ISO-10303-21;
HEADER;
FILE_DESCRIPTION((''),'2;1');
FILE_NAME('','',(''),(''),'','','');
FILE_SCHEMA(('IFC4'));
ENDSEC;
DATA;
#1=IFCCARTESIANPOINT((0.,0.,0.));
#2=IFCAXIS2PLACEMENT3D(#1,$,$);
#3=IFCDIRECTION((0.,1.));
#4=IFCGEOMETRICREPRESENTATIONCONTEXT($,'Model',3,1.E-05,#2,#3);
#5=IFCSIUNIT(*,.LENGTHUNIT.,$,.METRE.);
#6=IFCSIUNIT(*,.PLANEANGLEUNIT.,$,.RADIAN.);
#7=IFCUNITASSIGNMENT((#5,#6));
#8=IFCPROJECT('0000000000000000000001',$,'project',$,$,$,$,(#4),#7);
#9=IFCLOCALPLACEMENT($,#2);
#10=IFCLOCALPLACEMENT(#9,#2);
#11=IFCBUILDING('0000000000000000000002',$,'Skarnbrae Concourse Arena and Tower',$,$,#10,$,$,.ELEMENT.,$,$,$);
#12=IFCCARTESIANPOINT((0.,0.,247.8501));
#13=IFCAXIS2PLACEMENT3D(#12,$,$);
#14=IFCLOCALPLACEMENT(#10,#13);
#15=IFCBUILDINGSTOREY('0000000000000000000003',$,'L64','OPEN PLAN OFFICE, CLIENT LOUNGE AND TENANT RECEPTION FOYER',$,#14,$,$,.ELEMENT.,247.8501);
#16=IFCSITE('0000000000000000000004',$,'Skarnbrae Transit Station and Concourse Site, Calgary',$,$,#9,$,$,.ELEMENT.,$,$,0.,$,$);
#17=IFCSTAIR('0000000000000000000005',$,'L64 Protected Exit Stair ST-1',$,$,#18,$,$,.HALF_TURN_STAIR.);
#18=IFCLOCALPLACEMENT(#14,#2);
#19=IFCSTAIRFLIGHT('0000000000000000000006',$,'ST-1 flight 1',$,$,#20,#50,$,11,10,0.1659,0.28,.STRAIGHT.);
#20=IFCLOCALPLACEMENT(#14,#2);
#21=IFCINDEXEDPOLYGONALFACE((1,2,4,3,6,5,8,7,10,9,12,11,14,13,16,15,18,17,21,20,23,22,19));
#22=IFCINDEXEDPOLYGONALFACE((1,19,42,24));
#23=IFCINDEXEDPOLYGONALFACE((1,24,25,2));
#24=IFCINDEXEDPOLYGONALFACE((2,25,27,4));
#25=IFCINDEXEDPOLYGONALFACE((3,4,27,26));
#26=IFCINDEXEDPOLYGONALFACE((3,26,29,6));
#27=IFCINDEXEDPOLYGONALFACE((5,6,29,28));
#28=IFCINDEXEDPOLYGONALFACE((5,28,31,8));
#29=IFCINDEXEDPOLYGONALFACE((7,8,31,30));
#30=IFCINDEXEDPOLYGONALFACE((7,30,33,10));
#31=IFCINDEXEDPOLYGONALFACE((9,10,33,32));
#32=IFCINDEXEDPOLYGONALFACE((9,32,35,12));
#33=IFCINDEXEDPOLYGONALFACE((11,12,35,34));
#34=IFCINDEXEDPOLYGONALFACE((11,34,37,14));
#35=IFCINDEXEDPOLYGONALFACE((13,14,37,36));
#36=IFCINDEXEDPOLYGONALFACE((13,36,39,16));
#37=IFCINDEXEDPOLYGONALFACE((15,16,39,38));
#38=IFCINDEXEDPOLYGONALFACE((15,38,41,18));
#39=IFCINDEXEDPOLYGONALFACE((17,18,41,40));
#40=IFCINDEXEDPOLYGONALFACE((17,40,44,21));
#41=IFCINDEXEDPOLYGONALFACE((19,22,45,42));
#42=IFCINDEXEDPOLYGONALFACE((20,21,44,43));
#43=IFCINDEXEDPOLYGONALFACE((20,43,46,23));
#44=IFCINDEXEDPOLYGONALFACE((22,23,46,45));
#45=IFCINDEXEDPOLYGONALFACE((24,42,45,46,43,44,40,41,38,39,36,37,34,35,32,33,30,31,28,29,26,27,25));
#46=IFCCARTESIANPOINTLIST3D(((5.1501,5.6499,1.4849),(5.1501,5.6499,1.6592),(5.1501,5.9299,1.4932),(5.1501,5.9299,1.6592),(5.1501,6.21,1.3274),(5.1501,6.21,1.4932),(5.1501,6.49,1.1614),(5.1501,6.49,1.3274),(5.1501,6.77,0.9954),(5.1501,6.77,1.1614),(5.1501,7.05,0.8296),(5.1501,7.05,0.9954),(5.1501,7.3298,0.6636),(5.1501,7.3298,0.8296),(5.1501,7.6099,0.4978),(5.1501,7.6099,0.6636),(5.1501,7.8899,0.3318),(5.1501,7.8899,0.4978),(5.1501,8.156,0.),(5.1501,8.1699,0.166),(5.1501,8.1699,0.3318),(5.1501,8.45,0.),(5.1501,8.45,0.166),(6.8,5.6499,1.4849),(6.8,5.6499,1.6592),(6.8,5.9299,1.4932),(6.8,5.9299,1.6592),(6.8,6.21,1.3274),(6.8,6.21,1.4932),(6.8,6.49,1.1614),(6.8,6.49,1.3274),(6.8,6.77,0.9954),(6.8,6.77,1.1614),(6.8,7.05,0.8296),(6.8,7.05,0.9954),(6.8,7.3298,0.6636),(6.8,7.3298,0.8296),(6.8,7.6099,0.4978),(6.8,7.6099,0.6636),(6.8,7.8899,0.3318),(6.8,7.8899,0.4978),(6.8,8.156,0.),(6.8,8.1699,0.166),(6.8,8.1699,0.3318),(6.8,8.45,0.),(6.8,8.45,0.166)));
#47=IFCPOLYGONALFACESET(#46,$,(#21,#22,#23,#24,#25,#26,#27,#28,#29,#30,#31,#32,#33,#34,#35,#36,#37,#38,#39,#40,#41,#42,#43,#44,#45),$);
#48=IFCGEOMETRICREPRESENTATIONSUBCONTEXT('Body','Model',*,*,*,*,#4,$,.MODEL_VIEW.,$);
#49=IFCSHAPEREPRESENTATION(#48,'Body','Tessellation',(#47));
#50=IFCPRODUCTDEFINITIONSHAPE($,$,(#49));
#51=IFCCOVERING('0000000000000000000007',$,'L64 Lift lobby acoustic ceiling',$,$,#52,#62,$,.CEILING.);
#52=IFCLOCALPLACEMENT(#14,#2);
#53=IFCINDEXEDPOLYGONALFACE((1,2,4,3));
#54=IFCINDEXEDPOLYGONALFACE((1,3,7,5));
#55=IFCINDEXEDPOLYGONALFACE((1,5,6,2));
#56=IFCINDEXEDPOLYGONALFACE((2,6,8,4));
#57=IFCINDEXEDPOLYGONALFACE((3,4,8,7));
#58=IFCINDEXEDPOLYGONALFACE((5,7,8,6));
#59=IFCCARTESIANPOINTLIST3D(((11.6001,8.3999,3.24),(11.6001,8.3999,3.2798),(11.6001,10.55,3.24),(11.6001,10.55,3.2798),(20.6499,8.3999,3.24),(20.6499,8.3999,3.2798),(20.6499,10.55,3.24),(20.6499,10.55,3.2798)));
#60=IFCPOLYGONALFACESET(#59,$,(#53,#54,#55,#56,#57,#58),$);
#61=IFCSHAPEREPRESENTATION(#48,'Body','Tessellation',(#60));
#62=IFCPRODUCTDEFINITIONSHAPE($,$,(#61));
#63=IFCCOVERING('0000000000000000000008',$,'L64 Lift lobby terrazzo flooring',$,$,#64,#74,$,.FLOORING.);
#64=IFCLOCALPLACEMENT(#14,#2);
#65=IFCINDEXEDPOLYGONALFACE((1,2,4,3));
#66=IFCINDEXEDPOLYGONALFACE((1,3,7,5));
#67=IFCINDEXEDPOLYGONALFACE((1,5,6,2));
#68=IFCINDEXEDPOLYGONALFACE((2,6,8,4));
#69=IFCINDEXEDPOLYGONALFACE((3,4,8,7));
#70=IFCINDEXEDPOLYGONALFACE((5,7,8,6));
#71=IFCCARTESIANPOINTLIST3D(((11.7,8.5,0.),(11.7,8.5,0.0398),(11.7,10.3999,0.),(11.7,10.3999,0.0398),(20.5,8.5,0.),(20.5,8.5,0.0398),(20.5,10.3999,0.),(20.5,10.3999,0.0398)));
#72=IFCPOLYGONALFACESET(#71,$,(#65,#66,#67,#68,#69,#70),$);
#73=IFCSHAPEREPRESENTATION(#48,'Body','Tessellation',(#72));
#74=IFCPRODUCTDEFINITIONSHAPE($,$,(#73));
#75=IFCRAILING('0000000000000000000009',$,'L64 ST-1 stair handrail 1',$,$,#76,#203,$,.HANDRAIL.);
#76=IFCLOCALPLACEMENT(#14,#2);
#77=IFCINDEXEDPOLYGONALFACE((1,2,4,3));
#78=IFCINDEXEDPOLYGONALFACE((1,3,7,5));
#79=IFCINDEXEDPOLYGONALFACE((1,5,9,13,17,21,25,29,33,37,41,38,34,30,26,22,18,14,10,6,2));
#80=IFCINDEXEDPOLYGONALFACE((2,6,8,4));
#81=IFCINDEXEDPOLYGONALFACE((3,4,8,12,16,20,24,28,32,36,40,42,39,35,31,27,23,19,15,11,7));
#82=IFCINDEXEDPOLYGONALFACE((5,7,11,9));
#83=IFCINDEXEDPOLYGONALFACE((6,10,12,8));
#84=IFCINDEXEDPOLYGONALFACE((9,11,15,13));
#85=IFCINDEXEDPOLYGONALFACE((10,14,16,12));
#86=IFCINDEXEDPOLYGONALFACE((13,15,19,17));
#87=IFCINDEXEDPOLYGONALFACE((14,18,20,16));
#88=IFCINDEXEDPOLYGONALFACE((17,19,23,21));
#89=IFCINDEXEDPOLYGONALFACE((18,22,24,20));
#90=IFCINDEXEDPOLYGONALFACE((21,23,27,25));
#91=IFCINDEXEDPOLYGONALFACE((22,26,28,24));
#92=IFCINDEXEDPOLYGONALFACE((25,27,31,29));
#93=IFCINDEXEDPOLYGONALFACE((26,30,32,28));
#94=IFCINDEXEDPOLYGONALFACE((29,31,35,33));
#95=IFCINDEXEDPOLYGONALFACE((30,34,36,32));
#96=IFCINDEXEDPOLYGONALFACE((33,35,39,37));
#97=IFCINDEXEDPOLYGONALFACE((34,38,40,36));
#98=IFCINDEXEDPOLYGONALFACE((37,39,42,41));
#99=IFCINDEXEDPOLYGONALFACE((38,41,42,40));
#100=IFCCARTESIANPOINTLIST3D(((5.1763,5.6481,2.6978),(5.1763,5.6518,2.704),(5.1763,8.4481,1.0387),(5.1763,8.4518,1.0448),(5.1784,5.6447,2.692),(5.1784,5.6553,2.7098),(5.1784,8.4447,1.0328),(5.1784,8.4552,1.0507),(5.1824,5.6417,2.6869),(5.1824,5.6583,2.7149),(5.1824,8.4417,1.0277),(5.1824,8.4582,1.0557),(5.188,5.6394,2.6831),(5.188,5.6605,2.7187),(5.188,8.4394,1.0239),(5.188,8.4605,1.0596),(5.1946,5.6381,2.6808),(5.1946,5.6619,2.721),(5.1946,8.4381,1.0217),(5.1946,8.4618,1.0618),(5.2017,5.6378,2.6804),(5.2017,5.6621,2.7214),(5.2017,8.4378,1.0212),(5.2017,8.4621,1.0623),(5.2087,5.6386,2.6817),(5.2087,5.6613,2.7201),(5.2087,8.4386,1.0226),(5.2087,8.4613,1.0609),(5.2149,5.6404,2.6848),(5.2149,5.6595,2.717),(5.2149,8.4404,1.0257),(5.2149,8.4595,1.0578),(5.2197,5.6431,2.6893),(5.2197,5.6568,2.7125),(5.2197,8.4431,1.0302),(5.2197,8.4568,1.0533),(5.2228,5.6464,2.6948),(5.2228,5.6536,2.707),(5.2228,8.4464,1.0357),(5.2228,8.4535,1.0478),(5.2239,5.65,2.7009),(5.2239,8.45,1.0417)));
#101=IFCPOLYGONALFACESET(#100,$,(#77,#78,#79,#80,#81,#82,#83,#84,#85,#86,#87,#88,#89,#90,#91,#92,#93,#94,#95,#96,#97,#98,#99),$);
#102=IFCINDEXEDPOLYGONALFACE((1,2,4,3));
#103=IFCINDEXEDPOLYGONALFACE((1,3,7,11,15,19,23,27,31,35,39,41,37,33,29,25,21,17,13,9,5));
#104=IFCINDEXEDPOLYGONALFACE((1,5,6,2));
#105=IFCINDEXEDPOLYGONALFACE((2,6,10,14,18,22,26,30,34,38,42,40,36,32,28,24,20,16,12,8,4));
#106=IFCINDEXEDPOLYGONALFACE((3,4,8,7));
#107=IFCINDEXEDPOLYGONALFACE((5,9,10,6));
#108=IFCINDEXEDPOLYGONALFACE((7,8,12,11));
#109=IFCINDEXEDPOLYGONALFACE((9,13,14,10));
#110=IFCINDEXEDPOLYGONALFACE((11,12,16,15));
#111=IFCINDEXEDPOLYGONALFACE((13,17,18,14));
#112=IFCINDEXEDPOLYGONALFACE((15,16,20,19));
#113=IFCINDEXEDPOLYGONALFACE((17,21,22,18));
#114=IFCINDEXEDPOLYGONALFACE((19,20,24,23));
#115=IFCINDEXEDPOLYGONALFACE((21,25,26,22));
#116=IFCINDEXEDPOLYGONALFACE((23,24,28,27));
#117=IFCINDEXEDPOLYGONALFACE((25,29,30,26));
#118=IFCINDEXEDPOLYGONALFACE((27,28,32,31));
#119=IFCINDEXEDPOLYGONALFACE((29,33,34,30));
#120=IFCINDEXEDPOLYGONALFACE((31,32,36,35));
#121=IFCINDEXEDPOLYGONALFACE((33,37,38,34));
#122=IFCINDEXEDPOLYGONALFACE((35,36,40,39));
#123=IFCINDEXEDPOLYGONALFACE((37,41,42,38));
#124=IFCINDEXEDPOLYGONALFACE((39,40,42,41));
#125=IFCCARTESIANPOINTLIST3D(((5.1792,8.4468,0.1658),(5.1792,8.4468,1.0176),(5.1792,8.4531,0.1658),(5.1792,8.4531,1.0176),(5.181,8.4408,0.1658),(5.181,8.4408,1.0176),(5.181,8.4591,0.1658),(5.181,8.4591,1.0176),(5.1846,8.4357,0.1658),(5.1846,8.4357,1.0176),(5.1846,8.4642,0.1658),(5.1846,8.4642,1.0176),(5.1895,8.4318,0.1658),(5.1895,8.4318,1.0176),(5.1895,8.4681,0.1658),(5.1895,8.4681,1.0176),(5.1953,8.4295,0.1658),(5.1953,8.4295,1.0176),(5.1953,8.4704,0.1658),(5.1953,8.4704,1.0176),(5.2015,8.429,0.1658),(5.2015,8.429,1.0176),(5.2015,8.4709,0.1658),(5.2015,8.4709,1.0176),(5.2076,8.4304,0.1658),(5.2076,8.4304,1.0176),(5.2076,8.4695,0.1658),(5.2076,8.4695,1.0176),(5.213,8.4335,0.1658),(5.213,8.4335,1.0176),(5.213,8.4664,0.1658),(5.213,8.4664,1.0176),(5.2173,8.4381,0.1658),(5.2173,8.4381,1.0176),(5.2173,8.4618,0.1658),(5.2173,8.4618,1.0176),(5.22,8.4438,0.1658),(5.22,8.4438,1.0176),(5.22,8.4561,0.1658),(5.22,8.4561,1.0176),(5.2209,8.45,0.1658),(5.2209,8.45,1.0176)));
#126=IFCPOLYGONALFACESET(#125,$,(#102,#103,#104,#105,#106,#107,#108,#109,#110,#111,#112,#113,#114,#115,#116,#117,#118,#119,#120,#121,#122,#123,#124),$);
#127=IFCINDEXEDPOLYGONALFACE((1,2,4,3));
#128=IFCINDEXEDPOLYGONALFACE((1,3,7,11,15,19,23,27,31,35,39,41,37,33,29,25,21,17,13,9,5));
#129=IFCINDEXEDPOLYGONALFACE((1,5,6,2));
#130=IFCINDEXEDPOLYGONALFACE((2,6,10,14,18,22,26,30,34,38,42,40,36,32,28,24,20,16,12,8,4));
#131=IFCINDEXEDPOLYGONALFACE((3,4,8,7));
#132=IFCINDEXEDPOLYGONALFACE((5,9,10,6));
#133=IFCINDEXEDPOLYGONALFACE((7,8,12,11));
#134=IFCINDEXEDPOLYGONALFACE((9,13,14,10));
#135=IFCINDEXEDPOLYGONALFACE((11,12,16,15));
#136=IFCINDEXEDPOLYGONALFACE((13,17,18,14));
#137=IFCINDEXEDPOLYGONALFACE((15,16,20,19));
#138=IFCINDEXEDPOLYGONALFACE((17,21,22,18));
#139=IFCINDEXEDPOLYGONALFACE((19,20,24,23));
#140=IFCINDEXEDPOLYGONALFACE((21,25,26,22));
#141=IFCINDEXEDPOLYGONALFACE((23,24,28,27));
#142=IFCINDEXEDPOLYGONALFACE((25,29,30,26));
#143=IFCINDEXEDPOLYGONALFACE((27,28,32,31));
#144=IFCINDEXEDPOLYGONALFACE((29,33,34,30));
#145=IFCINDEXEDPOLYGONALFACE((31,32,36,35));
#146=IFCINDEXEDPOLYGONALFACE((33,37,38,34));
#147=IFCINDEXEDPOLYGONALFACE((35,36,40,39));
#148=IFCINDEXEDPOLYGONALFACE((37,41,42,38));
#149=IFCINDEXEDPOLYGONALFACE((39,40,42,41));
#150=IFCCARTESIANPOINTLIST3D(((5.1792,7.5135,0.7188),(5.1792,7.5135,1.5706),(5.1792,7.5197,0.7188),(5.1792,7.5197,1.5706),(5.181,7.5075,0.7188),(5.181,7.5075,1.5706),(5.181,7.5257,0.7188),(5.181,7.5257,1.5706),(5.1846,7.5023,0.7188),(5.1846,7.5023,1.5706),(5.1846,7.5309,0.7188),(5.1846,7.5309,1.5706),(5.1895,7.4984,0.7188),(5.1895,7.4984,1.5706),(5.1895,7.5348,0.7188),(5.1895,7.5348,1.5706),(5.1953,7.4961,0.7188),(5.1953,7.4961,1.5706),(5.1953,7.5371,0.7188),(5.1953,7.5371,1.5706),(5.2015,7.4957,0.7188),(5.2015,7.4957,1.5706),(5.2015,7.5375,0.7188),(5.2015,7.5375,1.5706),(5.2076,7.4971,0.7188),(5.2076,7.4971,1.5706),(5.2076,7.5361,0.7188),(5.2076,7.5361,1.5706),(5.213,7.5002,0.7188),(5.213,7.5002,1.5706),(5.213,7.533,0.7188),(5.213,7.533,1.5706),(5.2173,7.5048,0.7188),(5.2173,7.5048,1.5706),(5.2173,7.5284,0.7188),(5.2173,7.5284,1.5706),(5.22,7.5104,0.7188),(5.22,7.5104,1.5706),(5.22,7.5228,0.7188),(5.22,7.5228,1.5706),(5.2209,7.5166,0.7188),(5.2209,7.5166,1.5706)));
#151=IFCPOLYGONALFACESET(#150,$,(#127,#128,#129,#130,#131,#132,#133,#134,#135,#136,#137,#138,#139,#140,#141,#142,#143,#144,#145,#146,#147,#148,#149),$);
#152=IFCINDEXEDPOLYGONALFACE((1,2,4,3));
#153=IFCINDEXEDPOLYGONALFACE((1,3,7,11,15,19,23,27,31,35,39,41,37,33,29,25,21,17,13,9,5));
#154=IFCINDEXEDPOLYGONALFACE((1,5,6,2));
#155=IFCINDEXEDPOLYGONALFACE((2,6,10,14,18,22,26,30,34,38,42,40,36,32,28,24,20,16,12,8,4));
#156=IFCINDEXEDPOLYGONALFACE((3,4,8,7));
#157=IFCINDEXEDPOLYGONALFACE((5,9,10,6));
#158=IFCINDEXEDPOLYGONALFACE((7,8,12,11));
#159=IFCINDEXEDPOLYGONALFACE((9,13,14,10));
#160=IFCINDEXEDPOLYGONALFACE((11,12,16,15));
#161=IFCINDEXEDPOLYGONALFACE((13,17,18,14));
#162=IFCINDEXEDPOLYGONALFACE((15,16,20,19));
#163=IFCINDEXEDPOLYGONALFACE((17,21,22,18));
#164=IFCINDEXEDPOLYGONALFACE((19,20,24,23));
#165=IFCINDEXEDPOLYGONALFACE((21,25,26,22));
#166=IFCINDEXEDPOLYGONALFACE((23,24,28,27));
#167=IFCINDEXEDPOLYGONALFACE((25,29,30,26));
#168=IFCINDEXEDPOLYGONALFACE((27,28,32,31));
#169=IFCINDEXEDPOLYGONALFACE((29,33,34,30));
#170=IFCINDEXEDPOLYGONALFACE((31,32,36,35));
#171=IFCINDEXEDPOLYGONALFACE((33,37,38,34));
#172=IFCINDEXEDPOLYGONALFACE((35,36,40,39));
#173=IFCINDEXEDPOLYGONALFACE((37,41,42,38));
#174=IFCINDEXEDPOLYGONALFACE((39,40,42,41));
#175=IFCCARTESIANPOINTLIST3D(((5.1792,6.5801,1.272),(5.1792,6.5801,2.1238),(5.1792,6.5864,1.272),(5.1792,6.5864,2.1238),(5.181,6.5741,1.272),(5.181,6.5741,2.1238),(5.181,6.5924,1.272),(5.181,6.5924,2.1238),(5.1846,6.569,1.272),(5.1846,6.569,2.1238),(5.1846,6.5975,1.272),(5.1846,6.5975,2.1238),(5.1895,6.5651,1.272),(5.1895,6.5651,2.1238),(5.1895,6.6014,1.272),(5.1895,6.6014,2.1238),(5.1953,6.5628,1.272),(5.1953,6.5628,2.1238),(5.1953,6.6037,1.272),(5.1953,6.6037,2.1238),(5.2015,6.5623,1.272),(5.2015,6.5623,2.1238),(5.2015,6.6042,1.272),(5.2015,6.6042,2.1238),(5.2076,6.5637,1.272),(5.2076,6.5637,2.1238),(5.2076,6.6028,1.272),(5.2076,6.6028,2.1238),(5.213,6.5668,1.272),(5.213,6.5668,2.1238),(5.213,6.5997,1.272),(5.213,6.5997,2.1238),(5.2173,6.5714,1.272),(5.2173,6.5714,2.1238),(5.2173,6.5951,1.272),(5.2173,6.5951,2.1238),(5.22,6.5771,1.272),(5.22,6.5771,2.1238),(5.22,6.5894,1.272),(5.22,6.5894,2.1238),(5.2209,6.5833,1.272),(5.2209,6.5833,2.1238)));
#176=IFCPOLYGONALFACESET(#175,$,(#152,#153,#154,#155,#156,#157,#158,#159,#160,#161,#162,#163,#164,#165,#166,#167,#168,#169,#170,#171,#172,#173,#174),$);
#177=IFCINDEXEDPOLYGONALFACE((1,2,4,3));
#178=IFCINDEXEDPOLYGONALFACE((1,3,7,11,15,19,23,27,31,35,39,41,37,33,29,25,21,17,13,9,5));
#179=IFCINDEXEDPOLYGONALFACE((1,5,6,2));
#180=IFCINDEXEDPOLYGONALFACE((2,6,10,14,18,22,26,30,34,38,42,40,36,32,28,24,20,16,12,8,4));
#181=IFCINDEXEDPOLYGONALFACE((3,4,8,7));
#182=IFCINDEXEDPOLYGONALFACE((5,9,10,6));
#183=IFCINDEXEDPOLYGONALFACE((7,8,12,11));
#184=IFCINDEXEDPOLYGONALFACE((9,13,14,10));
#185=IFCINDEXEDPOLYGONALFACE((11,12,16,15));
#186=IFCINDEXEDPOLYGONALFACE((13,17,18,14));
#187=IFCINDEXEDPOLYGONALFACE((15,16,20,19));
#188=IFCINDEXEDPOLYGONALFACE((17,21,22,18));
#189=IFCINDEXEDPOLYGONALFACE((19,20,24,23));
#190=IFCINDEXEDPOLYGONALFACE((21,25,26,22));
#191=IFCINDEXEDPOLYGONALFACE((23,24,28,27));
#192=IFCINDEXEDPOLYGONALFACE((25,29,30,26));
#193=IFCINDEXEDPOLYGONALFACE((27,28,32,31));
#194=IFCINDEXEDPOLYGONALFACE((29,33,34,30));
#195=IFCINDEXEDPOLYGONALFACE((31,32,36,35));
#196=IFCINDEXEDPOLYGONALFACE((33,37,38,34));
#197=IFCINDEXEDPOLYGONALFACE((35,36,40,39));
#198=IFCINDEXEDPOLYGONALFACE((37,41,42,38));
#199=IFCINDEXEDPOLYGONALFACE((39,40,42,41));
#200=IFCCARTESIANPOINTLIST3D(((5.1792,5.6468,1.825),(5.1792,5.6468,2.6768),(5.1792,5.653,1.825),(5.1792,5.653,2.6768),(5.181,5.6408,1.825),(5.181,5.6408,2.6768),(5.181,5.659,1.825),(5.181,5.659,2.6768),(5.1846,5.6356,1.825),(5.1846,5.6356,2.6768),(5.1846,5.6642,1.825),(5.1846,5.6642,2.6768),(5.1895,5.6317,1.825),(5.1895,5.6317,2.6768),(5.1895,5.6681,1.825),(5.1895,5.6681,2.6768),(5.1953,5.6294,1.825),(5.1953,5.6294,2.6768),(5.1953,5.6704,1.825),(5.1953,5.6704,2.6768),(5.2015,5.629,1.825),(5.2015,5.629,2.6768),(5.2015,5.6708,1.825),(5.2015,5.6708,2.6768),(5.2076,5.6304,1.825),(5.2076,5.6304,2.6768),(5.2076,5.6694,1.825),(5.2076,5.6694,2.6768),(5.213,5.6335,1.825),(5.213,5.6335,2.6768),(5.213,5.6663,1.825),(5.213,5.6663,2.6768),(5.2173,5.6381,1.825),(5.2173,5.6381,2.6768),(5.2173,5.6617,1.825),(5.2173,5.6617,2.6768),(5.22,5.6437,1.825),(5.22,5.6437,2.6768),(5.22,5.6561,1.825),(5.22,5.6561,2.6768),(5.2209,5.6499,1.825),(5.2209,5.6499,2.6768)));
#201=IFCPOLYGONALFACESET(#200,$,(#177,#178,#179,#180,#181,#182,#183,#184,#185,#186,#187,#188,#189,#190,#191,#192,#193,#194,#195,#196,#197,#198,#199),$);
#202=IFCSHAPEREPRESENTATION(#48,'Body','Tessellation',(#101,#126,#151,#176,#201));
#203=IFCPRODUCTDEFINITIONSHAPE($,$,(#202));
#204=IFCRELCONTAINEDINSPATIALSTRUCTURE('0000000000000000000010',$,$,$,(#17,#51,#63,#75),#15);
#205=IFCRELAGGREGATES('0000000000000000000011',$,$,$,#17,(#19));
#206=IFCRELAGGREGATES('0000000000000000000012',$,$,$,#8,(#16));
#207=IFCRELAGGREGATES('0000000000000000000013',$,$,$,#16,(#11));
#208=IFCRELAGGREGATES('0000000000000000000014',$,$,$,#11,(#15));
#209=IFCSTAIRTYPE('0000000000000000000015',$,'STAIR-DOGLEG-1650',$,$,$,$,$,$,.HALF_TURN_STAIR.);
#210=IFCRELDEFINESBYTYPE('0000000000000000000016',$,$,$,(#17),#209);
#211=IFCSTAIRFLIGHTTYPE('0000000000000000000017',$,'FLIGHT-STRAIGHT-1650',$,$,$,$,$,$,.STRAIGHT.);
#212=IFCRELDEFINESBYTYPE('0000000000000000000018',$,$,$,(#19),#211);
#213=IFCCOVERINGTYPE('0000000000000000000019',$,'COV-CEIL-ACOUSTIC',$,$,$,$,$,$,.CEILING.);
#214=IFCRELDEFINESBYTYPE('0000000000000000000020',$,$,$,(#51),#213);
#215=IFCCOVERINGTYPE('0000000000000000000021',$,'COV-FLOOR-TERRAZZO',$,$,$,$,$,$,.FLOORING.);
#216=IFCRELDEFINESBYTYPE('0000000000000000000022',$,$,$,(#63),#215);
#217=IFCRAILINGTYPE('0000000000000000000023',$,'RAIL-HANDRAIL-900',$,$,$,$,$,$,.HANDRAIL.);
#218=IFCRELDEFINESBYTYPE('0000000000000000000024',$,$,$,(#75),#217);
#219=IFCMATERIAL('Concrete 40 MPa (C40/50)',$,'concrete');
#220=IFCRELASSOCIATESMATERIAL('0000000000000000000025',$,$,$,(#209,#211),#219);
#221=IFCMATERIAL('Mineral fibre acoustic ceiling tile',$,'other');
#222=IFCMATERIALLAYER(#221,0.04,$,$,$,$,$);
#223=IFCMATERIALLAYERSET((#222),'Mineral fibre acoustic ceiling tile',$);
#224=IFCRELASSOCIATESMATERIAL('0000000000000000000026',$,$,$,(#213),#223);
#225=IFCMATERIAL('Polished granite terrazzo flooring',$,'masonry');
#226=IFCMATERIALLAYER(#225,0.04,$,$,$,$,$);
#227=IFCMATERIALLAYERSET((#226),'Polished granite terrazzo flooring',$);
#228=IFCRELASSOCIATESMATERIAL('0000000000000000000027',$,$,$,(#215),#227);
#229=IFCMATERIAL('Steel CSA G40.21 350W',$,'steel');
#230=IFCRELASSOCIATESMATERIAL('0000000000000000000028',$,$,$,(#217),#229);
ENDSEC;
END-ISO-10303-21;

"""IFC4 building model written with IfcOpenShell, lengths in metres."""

from ifc_helpers import new_model, si_unit, direction, frame, origin, origin_2d, place, context, subcontext, project, spatial, polyline, circle, outline, extrude, source, transform, mapped, material, layer, layer_set, type_object, element, aggregate, save


model = new_model("IFC4")

# Units and contexts
model_context = context("Model", 3, precision=1e-05, world=origin(), true_north=direction((0.0, 1.0)))
body_context = subcontext(model_context, "Body", "Model", "MODEL_VIEW")
ifc_project = project(units=[si_unit("LENGTHUNIT", "METRE"), si_unit("PLANEANGLEUNIT", "RADIAN")], contexts=[model_context])

# Site, building, storey
site_placement = place(None, origin())
site = spatial("IfcSite", under=ifc_project, at=site_placement, Name="Skarnbrae Transit Station and Concourse Site, Calgary", CompositionType="ELEMENT", RefElevation=0.0)
building_placement = place(site_placement, origin())
building = spatial("IfcBuilding", under=site, at=building_placement, Name="Skarnbrae Concourse Arena and Tower", CompositionType="ELEMENT")
storey_placement = place(building_placement, frame((0.0, 0.0, 247.8501)))
storey = spatial("IfcBuildingStorey", under=building, at=storey_placement, Name="L64", Description="OPEN PLAN OFFICE, CLIENT LOUNGE AND TENANT RECEPTION FOYER", CompositionType="ELEMENT", Elevation=247.8501)

# Shared definitions
ifc_material_1 = material(Name="Steel CSA G40.21 350W", Category="steel")

# Stair
ifc_material_2 = material(Name="Concrete 40 MPa (C40/50)", Category="concrete")
stair_type = type_object("IfcStairType", Name="STAIR-DOGLEG-1650", PredefinedType="HALF_TURN_STAIR", material=ifc_material_2)
stair_1_placement = place(storey_placement, origin())
stair_1 = element("IfcStair", 1, at=stair_1_placement, inside=storey, type_object=stair_type, Name="L64 Protected Exit Stair ST-1", PredefinedType="HALF_TURN_STAIR")

# Stair flight
stair_flight_type = type_object("IfcStairFlightType", Name="FLIGHT-STRAIGHT-1650", PredefinedType="STRAIGHT", material=ifc_material_2)
shared_shape_1 = source(origin(), body_context, "Body", "SweptSolid", [
    extrude(outline(polyline([(0.0, 0.0), (0.0, 0.166), (0.28, 0.166), (0.28, 0.3318), (0.5601, 0.3318), (0.5601, 0.4978), (0.8401, 0.4978), (0.8401, 0.6636), (1.1201, 0.6636), (1.1201, 0.8296), (1.3999, 0.8296), (1.3999, 0.9954), (1.6799, 0.9954), (1.6799, 1.1614), (1.96, 1.1614), (1.96, 1.3274), (2.24, 1.3274), (2.24, 1.4932), (2.52, 1.4932), (2.52, 1.6592), (2.8, 1.6592), (2.8, 1.825), (2.8, 1.4849), (0.2939, 0.0), (0.0, 0.0)])), frame((0.0, 0.825, 0.0), z_axis=(0.0, -1.0, 0.0), x_axis=(1.0, 0.0, 0.0)), (0.0, 0.0, 1.0), 1.6499),
])
stair_flight_placement = place(storey_placement, frame((5.9751, 8.45, 0.0), z_axis=(0.0, 0.0, 1.0), x_axis=(0.0, -1.0, 0.0)))
stair_flight = element("IfcStairFlight", 2, at=stair_flight_placement, type_object=stair_flight_type, Name="ST-1 flight 1", NumberOfRisers=11, NumberOfTreads=10, PredefinedType="STRAIGHT", RiserHeight=0.1659, TreadLength=0.28, context=body_context, shape_type="MappedRepresentation", body=[
    mapped(shared_shape_1, transform((0.0, 0.0, 0.0))),
])
aggregate(stair_1, [stair_flight])

# Coverings
ifc_material_3 = material(Name="Mineral fibre acoustic ceiling tile", Category="other")
ifc_layer_1 = layer(ifc_material_3, 0.04)
ifc_layer_set_1 = layer_set([ifc_layer_1], Name="Mineral fibre acoustic ceiling tile")
covering_type_1 = type_object("IfcCoveringType", Name="COV-CEIL-ACOUSTIC", PredefinedType="CEILING", material=ifc_layer_set_1)
covering_1_placement = place(storey_placement, frame((0.0, 0.0, 3.24)))
element("IfcCovering", 3, at=covering_1_placement, inside=storey, type_object=covering_type_1, Name="L64 Lift lobby acoustic ceiling", PredefinedType="CEILING", context=body_context, shape_type="SweptSolid", body=[
    extrude(outline(polyline([(11.6001, 8.3999), (20.6499, 8.3999), (20.6499, 10.55), (11.6001, 10.55), (11.6001, 8.3999)])), origin(), (0.0, 0.0, 1.0), 0.0398),
])
ifc_material_4 = material(Name="Polished granite terrazzo flooring", Category="masonry")
ifc_layer_2 = layer(ifc_material_4, 0.04)
ifc_layer_set_2 = layer_set([ifc_layer_2], Name="Polished granite terrazzo flooring")
covering_type_2 = type_object("IfcCoveringType", Name="COV-FLOOR-TERRAZZO", PredefinedType="FLOORING", material=ifc_layer_set_2)
covering_2_placement = place(storey_placement, origin())
element("IfcCovering", 4, at=covering_2_placement, inside=storey, type_object=covering_type_2, Name="L64 Lift lobby terrazzo flooring", PredefinedType="FLOORING", context=body_context, shape_type="SweptSolid", body=[
    extrude(outline(polyline([(11.7, 8.5), (20.5, 8.5), (20.5, 10.3999), (11.7, 10.3999), (11.7, 8.5)])), origin(), (0.0, 0.0, 1.0), 0.0398),
])

# Railing
railing_type = type_object("IfcRailingType", Name="RAIL-HANDRAIL-900", PredefinedType="HANDRAIL", material=ifc_material_1)
railing_placement = place(storey_placement, frame((5.2, 8.45, 0.1658)))
element("IfcRailing", 5, at=railing_placement, inside=storey, type_object=railing_type, Name="L64 ST-1 stair handrail 1", PredefinedType="HANDRAIL", context=body_context, shape_type="SweptSolid", body=[
    extrude(circle(Radius=0.0239, at=origin_2d()), frame((0.0, 0.0, 0.876), z_axis=(0.0, -0.860306, 0.509778), x_axis=(1.0, 0.0, 0.0)), (0.0, 0.0, 1.0), 3.2546),
    extrude(circle(Radius=0.021, at=origin_2d()), origin(), (0.0, 0.0, 1.0), 0.8518),
    extrude(circle(Radius=0.021, at=origin_2d()), frame((0.0, -0.9333, 0.553)), (0.0, 0.0, 1.0), 0.8518),
    extrude(circle(Radius=0.021, at=origin_2d()), frame((0.0, -1.8667, 1.1062)), (0.0, 0.0, 1.0), 0.8518),
    extrude(circle(Radius=0.021, at=origin_2d()), frame((0.0, -2.8, 1.6592)), (0.0, 0.0, 1.0), 0.8518),
])

save(model, "model.ifc")
